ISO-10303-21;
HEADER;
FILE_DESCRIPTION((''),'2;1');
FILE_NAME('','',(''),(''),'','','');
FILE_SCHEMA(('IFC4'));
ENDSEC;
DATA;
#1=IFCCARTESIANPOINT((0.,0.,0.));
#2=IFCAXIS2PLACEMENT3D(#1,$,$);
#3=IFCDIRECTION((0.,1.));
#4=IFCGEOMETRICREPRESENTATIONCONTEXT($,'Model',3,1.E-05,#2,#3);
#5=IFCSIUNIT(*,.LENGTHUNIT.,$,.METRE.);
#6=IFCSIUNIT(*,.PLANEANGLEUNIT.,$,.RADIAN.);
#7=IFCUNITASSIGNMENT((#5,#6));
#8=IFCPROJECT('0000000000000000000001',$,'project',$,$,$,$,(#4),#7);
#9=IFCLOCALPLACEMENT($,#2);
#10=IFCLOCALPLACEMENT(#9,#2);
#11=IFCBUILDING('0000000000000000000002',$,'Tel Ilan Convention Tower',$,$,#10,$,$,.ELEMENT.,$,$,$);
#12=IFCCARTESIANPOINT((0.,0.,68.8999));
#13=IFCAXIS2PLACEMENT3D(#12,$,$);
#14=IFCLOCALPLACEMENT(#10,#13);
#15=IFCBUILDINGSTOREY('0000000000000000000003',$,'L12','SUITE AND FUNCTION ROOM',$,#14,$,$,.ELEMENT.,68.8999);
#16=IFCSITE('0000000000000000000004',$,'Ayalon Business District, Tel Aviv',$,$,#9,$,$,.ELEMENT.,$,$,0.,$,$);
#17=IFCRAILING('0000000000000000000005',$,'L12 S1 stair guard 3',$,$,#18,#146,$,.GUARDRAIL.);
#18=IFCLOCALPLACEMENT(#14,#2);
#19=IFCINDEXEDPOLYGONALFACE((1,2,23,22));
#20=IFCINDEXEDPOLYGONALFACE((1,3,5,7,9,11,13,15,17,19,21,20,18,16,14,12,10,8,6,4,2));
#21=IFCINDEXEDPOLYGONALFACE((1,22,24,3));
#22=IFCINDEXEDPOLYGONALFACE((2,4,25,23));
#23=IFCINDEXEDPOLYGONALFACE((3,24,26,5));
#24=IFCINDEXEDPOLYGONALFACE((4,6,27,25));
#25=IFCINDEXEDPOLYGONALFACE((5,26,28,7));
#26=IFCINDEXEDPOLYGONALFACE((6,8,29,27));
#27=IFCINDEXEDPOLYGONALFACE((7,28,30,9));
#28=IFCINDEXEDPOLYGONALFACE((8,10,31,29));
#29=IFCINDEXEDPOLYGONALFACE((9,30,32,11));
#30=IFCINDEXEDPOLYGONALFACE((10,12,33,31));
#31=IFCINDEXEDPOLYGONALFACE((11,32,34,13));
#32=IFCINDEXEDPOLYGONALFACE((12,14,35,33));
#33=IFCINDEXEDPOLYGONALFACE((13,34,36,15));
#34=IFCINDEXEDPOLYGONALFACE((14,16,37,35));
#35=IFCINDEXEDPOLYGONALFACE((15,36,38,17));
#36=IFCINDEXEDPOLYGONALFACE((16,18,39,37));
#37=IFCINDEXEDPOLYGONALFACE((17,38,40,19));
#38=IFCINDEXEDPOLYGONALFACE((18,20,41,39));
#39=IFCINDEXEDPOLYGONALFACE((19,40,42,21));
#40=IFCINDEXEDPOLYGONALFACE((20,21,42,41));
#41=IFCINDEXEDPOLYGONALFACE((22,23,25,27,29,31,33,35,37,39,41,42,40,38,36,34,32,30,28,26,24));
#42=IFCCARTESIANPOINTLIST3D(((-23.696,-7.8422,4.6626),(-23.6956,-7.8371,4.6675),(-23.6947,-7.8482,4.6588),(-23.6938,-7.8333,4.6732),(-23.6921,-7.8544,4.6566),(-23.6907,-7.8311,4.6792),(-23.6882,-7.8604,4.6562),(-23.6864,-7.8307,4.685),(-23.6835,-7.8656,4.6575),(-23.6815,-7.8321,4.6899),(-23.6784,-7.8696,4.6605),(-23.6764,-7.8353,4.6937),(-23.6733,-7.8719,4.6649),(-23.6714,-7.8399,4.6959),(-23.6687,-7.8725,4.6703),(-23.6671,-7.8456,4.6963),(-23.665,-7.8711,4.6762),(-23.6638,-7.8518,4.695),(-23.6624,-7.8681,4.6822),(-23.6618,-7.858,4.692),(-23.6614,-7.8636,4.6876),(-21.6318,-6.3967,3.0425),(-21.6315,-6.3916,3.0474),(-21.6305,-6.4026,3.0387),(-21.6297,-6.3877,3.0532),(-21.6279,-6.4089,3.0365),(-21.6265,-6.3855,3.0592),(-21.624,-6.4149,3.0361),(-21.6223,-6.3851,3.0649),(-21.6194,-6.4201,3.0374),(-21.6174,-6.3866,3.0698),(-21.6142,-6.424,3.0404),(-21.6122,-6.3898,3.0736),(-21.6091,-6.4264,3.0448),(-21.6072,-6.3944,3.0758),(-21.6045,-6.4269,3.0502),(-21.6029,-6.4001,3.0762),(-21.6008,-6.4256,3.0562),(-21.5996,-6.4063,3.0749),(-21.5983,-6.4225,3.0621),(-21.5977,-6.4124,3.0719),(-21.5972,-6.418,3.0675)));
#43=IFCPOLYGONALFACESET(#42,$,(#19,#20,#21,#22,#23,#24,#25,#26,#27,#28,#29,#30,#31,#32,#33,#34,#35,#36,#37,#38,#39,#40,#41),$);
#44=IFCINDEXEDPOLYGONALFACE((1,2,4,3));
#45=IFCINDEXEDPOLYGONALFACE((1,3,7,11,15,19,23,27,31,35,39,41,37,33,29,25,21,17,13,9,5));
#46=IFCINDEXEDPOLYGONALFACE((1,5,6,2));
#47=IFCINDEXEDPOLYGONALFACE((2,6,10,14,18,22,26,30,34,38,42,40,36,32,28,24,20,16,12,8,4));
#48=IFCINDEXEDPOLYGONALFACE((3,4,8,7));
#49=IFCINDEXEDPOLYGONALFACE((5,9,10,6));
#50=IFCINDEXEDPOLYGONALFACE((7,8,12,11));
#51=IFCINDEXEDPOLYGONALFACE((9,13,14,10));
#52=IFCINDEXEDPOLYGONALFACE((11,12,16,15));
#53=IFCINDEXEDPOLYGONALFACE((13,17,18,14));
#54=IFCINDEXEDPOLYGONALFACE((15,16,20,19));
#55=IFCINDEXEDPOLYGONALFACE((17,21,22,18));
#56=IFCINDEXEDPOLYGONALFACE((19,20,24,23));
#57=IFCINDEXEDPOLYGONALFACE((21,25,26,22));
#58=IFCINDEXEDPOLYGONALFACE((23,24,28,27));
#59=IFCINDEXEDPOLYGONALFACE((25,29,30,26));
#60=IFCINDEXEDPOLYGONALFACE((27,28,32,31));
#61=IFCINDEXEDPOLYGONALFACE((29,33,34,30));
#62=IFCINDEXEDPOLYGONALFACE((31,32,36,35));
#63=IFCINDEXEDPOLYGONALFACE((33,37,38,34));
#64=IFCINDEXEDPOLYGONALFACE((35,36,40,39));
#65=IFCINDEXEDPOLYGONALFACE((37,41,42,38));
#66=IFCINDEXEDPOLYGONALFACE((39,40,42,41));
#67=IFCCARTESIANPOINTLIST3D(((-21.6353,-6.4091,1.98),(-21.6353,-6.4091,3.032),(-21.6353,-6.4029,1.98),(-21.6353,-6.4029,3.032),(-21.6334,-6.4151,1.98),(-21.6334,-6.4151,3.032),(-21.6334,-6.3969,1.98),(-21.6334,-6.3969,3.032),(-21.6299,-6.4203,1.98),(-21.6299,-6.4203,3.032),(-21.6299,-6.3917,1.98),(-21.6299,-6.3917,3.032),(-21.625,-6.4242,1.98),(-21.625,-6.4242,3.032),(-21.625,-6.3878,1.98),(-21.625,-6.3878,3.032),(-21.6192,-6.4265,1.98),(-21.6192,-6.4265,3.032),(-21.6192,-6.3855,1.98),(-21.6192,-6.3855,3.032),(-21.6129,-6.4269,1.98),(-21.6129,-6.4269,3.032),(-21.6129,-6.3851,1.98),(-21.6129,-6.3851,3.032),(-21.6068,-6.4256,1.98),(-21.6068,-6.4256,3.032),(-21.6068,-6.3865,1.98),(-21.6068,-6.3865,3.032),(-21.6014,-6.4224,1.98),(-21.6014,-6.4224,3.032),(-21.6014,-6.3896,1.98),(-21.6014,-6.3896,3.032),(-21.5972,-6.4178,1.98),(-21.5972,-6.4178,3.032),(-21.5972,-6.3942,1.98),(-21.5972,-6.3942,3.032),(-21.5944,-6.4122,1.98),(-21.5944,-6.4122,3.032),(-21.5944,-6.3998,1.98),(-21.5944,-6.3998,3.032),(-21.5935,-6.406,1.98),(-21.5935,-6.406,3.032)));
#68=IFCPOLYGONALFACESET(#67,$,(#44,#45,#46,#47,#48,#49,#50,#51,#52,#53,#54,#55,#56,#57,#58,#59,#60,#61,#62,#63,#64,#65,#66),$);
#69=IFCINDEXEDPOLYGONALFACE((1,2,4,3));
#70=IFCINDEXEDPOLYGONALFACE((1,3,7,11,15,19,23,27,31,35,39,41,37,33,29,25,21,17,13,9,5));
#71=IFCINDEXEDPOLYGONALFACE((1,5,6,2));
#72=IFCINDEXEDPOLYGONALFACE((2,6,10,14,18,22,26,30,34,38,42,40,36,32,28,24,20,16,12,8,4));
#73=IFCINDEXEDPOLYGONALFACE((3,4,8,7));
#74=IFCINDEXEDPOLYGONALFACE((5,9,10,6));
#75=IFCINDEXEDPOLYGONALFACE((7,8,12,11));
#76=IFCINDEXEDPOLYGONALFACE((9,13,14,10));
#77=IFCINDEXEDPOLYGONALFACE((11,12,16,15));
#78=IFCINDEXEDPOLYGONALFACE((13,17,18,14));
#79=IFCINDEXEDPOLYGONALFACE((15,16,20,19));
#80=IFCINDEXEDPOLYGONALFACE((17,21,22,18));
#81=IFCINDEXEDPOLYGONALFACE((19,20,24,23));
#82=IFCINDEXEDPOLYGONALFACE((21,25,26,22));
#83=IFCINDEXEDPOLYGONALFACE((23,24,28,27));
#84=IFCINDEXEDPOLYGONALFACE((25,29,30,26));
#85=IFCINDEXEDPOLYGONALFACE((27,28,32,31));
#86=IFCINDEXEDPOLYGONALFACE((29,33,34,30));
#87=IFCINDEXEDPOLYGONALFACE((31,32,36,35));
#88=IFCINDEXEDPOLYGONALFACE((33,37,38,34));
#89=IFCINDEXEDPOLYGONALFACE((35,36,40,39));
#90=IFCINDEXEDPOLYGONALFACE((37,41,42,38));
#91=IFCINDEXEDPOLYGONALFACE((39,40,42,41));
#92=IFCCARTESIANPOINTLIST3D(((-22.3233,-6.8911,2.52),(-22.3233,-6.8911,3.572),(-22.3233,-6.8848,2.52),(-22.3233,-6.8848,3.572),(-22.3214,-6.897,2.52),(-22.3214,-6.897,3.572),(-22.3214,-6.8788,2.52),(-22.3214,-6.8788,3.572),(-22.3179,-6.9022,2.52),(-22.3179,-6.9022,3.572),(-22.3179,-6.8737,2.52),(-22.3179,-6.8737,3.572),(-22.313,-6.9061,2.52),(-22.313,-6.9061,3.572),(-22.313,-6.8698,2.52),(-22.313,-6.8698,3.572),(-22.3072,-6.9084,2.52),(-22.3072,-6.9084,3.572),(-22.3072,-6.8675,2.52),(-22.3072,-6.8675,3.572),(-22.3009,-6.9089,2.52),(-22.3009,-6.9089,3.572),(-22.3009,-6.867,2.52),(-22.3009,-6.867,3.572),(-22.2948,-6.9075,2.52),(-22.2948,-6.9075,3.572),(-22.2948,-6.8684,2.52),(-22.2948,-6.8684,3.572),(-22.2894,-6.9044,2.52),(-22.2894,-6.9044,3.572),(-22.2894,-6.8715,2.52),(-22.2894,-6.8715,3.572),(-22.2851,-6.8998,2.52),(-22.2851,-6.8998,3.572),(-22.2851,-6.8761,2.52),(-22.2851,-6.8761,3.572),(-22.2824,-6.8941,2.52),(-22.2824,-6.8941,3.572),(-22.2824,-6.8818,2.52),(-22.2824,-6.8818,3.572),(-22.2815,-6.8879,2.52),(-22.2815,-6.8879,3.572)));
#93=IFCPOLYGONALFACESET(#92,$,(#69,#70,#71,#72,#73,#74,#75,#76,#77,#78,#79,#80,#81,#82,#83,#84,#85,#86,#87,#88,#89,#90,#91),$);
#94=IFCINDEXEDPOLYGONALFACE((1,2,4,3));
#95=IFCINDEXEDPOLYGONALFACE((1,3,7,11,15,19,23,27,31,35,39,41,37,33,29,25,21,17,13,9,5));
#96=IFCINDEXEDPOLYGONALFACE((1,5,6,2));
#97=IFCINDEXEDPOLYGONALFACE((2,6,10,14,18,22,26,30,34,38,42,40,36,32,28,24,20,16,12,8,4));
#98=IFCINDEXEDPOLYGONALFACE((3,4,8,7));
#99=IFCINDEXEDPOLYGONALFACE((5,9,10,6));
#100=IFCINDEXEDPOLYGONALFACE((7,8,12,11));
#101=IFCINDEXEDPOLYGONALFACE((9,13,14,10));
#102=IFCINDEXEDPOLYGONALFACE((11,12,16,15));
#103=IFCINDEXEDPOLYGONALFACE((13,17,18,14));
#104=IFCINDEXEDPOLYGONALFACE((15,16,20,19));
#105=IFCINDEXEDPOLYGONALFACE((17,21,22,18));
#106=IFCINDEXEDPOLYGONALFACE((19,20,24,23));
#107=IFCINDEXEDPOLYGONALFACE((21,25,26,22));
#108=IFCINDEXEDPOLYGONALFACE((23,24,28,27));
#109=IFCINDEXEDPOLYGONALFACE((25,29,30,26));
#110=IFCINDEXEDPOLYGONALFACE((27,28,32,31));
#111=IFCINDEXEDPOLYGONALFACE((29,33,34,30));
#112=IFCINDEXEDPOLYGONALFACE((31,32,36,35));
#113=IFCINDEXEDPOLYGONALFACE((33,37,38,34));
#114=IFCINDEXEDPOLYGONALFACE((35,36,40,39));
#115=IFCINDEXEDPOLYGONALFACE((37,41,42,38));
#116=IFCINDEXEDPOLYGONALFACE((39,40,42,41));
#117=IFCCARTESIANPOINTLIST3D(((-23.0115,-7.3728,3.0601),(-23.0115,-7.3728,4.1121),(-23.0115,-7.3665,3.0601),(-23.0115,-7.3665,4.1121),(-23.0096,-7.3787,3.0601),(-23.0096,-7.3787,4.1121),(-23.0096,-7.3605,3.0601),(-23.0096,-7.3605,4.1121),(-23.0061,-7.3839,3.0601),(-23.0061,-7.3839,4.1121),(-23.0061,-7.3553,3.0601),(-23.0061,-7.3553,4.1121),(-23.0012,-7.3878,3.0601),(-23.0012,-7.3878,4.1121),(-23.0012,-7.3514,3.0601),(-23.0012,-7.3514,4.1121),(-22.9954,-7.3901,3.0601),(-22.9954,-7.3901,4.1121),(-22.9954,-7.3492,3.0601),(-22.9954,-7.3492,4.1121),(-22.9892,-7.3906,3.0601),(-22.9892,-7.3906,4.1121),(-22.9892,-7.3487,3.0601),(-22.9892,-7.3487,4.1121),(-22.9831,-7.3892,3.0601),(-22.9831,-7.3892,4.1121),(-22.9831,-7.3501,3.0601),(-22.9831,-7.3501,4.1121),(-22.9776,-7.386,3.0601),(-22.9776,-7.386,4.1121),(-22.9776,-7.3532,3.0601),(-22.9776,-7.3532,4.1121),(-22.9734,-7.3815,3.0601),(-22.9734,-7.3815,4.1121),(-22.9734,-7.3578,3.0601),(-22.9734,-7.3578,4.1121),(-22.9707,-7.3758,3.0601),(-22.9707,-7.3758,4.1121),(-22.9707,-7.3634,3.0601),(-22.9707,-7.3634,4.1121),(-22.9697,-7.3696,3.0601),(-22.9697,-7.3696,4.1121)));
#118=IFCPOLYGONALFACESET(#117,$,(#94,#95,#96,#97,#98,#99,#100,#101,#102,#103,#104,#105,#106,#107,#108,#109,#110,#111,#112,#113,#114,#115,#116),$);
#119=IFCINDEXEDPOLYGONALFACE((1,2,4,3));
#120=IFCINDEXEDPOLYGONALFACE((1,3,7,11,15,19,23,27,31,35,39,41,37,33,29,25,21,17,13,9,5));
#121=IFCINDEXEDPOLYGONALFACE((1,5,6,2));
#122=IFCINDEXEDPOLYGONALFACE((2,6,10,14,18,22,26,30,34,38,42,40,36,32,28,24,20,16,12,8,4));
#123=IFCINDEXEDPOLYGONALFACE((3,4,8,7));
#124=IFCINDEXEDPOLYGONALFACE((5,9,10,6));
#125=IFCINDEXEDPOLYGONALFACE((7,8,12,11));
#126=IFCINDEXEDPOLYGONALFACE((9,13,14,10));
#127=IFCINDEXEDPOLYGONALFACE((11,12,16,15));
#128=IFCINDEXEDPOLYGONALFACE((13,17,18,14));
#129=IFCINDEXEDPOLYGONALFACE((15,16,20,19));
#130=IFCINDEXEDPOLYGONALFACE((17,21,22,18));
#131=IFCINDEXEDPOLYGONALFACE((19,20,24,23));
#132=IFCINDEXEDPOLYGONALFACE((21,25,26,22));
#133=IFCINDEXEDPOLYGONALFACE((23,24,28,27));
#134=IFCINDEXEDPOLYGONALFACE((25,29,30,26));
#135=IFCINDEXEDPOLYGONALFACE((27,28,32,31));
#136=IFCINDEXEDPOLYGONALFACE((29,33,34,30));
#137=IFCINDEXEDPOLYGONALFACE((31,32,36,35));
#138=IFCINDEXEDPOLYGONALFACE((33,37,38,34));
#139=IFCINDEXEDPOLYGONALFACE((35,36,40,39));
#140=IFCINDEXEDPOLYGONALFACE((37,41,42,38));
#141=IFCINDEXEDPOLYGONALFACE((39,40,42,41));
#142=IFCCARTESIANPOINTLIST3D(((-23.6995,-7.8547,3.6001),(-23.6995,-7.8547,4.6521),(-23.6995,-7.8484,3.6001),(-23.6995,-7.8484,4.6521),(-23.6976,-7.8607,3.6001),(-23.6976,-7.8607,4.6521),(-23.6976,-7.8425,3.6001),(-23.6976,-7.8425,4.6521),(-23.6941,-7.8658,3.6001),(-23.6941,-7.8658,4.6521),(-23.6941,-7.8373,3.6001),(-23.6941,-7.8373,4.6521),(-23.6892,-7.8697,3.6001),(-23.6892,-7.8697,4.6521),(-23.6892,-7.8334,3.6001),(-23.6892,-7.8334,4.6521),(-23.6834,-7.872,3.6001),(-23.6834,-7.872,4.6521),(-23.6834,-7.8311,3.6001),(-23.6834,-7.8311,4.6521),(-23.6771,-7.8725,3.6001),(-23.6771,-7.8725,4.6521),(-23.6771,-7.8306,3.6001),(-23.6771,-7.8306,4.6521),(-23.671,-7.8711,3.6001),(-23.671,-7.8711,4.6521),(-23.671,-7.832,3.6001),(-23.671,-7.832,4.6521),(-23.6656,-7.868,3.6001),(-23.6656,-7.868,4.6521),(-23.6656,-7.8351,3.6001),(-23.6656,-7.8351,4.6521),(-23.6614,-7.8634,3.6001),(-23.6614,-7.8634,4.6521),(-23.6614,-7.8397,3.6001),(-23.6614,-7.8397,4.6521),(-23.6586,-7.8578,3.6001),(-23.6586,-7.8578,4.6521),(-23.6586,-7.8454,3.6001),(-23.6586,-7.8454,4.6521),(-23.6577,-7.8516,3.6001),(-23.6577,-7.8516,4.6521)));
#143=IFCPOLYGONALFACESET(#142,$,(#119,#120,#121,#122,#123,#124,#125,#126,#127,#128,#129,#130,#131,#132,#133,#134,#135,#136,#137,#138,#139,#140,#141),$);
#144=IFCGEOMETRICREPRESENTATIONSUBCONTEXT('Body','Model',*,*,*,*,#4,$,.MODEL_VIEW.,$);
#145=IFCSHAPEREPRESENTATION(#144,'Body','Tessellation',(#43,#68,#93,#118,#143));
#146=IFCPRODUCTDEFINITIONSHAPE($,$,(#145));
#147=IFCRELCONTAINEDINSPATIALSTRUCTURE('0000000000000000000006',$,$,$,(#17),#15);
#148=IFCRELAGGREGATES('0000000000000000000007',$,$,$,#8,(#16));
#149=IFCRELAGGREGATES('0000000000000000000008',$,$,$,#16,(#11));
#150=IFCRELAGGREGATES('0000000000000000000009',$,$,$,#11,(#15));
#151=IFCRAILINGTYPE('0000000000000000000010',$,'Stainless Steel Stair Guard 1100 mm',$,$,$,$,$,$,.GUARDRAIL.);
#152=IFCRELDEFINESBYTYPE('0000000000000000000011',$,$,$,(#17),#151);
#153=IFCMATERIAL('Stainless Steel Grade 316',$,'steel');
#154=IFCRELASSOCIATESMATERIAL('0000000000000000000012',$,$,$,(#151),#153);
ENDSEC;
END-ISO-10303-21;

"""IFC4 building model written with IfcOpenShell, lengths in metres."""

from ifc_helpers import new_model, si_unit, direction, frame, origin, origin_2d, place, context, subcontext, project, spatial, circle, extrude, material, type_object, element, save


model = new_model("IFC4")

# Units and contexts
model_context = context("Model", 3, precision=1e-05, world=origin(), true_north=direction((0.0, 1.0)))
body_context = subcontext(model_context, "Body", "Model", "MODEL_VIEW")
ifc_project = project(units=[si_unit("LENGTHUNIT", "METRE"), si_unit("PLANEANGLEUNIT", "RADIAN")], contexts=[model_context])

# Site, building, storey
site_placement = place(None, origin())
site = spatial("IfcSite", under=ifc_project, at=site_placement, Name="Ayalon Business District, Tel Aviv", CompositionType="ELEMENT", RefElevation=0.0)
building_placement = place(site_placement, origin())
building = spatial("IfcBuilding", under=site, at=building_placement, Name="Tel Ilan Convention Tower", CompositionType="ELEMENT")
storey_placement = place(building_placement, frame((0.0, 0.0, 68.8999)))
storey = spatial("IfcBuildingStorey", under=building, at=storey_placement, Name="L12", Description="SUITE AND FUNCTION ROOM", CompositionType="ELEMENT", Elevation=68.8999)

# Railing
ifc_material_1 = material(Name="Stainless Steel Grade 316", Category="steel")
railing_type_1 = type_object("IfcRailingType", Name="Stainless Steel Stair Guard 1100 mm", PredefinedType="GUARDRAIL", material=ifc_material_1)
railing_1_placement = place(storey_placement, frame((-21.6145, -6.406, 1.98)))
element("IfcRailing", 1, at=railing_1_placement, inside=storey, type_object=railing_type_1, Name="L12 S1 stair guard 3", PredefinedType="GUARDRAIL", context=body_context, shape_type="SweptSolid", body=[
    extrude(circle(Radius=0.0239, at=origin_2d()), frame((0.0, 0.0, 1.0762), z_axis=(-0.689013, -0.482513, 0.540779), x_axis=(0.573625, -0.819118, 0.0)), (0.0, 0.0, 1.0), 2.9958),
    extrude(circle(Radius=0.021, at=origin_2d()), origin(), (0.0, 0.0, 1.0), 1.052),
    extrude(circle(Radius=0.021, at=origin_2d()), frame((-0.688, -0.4819, 0.54)), (0.0, 0.0, 1.0), 1.052),
    extrude(circle(Radius=0.021, at=origin_2d()), frame((-1.3762, -0.9636, 1.0801)), (0.0, 0.0, 1.0), 1.052),
    extrude(circle(Radius=0.021, at=origin_2d()), frame((-2.0642, -1.4456, 1.6201)), (0.0, 0.0, 1.0), 1.052),
])

save(model, "model.ifc")
